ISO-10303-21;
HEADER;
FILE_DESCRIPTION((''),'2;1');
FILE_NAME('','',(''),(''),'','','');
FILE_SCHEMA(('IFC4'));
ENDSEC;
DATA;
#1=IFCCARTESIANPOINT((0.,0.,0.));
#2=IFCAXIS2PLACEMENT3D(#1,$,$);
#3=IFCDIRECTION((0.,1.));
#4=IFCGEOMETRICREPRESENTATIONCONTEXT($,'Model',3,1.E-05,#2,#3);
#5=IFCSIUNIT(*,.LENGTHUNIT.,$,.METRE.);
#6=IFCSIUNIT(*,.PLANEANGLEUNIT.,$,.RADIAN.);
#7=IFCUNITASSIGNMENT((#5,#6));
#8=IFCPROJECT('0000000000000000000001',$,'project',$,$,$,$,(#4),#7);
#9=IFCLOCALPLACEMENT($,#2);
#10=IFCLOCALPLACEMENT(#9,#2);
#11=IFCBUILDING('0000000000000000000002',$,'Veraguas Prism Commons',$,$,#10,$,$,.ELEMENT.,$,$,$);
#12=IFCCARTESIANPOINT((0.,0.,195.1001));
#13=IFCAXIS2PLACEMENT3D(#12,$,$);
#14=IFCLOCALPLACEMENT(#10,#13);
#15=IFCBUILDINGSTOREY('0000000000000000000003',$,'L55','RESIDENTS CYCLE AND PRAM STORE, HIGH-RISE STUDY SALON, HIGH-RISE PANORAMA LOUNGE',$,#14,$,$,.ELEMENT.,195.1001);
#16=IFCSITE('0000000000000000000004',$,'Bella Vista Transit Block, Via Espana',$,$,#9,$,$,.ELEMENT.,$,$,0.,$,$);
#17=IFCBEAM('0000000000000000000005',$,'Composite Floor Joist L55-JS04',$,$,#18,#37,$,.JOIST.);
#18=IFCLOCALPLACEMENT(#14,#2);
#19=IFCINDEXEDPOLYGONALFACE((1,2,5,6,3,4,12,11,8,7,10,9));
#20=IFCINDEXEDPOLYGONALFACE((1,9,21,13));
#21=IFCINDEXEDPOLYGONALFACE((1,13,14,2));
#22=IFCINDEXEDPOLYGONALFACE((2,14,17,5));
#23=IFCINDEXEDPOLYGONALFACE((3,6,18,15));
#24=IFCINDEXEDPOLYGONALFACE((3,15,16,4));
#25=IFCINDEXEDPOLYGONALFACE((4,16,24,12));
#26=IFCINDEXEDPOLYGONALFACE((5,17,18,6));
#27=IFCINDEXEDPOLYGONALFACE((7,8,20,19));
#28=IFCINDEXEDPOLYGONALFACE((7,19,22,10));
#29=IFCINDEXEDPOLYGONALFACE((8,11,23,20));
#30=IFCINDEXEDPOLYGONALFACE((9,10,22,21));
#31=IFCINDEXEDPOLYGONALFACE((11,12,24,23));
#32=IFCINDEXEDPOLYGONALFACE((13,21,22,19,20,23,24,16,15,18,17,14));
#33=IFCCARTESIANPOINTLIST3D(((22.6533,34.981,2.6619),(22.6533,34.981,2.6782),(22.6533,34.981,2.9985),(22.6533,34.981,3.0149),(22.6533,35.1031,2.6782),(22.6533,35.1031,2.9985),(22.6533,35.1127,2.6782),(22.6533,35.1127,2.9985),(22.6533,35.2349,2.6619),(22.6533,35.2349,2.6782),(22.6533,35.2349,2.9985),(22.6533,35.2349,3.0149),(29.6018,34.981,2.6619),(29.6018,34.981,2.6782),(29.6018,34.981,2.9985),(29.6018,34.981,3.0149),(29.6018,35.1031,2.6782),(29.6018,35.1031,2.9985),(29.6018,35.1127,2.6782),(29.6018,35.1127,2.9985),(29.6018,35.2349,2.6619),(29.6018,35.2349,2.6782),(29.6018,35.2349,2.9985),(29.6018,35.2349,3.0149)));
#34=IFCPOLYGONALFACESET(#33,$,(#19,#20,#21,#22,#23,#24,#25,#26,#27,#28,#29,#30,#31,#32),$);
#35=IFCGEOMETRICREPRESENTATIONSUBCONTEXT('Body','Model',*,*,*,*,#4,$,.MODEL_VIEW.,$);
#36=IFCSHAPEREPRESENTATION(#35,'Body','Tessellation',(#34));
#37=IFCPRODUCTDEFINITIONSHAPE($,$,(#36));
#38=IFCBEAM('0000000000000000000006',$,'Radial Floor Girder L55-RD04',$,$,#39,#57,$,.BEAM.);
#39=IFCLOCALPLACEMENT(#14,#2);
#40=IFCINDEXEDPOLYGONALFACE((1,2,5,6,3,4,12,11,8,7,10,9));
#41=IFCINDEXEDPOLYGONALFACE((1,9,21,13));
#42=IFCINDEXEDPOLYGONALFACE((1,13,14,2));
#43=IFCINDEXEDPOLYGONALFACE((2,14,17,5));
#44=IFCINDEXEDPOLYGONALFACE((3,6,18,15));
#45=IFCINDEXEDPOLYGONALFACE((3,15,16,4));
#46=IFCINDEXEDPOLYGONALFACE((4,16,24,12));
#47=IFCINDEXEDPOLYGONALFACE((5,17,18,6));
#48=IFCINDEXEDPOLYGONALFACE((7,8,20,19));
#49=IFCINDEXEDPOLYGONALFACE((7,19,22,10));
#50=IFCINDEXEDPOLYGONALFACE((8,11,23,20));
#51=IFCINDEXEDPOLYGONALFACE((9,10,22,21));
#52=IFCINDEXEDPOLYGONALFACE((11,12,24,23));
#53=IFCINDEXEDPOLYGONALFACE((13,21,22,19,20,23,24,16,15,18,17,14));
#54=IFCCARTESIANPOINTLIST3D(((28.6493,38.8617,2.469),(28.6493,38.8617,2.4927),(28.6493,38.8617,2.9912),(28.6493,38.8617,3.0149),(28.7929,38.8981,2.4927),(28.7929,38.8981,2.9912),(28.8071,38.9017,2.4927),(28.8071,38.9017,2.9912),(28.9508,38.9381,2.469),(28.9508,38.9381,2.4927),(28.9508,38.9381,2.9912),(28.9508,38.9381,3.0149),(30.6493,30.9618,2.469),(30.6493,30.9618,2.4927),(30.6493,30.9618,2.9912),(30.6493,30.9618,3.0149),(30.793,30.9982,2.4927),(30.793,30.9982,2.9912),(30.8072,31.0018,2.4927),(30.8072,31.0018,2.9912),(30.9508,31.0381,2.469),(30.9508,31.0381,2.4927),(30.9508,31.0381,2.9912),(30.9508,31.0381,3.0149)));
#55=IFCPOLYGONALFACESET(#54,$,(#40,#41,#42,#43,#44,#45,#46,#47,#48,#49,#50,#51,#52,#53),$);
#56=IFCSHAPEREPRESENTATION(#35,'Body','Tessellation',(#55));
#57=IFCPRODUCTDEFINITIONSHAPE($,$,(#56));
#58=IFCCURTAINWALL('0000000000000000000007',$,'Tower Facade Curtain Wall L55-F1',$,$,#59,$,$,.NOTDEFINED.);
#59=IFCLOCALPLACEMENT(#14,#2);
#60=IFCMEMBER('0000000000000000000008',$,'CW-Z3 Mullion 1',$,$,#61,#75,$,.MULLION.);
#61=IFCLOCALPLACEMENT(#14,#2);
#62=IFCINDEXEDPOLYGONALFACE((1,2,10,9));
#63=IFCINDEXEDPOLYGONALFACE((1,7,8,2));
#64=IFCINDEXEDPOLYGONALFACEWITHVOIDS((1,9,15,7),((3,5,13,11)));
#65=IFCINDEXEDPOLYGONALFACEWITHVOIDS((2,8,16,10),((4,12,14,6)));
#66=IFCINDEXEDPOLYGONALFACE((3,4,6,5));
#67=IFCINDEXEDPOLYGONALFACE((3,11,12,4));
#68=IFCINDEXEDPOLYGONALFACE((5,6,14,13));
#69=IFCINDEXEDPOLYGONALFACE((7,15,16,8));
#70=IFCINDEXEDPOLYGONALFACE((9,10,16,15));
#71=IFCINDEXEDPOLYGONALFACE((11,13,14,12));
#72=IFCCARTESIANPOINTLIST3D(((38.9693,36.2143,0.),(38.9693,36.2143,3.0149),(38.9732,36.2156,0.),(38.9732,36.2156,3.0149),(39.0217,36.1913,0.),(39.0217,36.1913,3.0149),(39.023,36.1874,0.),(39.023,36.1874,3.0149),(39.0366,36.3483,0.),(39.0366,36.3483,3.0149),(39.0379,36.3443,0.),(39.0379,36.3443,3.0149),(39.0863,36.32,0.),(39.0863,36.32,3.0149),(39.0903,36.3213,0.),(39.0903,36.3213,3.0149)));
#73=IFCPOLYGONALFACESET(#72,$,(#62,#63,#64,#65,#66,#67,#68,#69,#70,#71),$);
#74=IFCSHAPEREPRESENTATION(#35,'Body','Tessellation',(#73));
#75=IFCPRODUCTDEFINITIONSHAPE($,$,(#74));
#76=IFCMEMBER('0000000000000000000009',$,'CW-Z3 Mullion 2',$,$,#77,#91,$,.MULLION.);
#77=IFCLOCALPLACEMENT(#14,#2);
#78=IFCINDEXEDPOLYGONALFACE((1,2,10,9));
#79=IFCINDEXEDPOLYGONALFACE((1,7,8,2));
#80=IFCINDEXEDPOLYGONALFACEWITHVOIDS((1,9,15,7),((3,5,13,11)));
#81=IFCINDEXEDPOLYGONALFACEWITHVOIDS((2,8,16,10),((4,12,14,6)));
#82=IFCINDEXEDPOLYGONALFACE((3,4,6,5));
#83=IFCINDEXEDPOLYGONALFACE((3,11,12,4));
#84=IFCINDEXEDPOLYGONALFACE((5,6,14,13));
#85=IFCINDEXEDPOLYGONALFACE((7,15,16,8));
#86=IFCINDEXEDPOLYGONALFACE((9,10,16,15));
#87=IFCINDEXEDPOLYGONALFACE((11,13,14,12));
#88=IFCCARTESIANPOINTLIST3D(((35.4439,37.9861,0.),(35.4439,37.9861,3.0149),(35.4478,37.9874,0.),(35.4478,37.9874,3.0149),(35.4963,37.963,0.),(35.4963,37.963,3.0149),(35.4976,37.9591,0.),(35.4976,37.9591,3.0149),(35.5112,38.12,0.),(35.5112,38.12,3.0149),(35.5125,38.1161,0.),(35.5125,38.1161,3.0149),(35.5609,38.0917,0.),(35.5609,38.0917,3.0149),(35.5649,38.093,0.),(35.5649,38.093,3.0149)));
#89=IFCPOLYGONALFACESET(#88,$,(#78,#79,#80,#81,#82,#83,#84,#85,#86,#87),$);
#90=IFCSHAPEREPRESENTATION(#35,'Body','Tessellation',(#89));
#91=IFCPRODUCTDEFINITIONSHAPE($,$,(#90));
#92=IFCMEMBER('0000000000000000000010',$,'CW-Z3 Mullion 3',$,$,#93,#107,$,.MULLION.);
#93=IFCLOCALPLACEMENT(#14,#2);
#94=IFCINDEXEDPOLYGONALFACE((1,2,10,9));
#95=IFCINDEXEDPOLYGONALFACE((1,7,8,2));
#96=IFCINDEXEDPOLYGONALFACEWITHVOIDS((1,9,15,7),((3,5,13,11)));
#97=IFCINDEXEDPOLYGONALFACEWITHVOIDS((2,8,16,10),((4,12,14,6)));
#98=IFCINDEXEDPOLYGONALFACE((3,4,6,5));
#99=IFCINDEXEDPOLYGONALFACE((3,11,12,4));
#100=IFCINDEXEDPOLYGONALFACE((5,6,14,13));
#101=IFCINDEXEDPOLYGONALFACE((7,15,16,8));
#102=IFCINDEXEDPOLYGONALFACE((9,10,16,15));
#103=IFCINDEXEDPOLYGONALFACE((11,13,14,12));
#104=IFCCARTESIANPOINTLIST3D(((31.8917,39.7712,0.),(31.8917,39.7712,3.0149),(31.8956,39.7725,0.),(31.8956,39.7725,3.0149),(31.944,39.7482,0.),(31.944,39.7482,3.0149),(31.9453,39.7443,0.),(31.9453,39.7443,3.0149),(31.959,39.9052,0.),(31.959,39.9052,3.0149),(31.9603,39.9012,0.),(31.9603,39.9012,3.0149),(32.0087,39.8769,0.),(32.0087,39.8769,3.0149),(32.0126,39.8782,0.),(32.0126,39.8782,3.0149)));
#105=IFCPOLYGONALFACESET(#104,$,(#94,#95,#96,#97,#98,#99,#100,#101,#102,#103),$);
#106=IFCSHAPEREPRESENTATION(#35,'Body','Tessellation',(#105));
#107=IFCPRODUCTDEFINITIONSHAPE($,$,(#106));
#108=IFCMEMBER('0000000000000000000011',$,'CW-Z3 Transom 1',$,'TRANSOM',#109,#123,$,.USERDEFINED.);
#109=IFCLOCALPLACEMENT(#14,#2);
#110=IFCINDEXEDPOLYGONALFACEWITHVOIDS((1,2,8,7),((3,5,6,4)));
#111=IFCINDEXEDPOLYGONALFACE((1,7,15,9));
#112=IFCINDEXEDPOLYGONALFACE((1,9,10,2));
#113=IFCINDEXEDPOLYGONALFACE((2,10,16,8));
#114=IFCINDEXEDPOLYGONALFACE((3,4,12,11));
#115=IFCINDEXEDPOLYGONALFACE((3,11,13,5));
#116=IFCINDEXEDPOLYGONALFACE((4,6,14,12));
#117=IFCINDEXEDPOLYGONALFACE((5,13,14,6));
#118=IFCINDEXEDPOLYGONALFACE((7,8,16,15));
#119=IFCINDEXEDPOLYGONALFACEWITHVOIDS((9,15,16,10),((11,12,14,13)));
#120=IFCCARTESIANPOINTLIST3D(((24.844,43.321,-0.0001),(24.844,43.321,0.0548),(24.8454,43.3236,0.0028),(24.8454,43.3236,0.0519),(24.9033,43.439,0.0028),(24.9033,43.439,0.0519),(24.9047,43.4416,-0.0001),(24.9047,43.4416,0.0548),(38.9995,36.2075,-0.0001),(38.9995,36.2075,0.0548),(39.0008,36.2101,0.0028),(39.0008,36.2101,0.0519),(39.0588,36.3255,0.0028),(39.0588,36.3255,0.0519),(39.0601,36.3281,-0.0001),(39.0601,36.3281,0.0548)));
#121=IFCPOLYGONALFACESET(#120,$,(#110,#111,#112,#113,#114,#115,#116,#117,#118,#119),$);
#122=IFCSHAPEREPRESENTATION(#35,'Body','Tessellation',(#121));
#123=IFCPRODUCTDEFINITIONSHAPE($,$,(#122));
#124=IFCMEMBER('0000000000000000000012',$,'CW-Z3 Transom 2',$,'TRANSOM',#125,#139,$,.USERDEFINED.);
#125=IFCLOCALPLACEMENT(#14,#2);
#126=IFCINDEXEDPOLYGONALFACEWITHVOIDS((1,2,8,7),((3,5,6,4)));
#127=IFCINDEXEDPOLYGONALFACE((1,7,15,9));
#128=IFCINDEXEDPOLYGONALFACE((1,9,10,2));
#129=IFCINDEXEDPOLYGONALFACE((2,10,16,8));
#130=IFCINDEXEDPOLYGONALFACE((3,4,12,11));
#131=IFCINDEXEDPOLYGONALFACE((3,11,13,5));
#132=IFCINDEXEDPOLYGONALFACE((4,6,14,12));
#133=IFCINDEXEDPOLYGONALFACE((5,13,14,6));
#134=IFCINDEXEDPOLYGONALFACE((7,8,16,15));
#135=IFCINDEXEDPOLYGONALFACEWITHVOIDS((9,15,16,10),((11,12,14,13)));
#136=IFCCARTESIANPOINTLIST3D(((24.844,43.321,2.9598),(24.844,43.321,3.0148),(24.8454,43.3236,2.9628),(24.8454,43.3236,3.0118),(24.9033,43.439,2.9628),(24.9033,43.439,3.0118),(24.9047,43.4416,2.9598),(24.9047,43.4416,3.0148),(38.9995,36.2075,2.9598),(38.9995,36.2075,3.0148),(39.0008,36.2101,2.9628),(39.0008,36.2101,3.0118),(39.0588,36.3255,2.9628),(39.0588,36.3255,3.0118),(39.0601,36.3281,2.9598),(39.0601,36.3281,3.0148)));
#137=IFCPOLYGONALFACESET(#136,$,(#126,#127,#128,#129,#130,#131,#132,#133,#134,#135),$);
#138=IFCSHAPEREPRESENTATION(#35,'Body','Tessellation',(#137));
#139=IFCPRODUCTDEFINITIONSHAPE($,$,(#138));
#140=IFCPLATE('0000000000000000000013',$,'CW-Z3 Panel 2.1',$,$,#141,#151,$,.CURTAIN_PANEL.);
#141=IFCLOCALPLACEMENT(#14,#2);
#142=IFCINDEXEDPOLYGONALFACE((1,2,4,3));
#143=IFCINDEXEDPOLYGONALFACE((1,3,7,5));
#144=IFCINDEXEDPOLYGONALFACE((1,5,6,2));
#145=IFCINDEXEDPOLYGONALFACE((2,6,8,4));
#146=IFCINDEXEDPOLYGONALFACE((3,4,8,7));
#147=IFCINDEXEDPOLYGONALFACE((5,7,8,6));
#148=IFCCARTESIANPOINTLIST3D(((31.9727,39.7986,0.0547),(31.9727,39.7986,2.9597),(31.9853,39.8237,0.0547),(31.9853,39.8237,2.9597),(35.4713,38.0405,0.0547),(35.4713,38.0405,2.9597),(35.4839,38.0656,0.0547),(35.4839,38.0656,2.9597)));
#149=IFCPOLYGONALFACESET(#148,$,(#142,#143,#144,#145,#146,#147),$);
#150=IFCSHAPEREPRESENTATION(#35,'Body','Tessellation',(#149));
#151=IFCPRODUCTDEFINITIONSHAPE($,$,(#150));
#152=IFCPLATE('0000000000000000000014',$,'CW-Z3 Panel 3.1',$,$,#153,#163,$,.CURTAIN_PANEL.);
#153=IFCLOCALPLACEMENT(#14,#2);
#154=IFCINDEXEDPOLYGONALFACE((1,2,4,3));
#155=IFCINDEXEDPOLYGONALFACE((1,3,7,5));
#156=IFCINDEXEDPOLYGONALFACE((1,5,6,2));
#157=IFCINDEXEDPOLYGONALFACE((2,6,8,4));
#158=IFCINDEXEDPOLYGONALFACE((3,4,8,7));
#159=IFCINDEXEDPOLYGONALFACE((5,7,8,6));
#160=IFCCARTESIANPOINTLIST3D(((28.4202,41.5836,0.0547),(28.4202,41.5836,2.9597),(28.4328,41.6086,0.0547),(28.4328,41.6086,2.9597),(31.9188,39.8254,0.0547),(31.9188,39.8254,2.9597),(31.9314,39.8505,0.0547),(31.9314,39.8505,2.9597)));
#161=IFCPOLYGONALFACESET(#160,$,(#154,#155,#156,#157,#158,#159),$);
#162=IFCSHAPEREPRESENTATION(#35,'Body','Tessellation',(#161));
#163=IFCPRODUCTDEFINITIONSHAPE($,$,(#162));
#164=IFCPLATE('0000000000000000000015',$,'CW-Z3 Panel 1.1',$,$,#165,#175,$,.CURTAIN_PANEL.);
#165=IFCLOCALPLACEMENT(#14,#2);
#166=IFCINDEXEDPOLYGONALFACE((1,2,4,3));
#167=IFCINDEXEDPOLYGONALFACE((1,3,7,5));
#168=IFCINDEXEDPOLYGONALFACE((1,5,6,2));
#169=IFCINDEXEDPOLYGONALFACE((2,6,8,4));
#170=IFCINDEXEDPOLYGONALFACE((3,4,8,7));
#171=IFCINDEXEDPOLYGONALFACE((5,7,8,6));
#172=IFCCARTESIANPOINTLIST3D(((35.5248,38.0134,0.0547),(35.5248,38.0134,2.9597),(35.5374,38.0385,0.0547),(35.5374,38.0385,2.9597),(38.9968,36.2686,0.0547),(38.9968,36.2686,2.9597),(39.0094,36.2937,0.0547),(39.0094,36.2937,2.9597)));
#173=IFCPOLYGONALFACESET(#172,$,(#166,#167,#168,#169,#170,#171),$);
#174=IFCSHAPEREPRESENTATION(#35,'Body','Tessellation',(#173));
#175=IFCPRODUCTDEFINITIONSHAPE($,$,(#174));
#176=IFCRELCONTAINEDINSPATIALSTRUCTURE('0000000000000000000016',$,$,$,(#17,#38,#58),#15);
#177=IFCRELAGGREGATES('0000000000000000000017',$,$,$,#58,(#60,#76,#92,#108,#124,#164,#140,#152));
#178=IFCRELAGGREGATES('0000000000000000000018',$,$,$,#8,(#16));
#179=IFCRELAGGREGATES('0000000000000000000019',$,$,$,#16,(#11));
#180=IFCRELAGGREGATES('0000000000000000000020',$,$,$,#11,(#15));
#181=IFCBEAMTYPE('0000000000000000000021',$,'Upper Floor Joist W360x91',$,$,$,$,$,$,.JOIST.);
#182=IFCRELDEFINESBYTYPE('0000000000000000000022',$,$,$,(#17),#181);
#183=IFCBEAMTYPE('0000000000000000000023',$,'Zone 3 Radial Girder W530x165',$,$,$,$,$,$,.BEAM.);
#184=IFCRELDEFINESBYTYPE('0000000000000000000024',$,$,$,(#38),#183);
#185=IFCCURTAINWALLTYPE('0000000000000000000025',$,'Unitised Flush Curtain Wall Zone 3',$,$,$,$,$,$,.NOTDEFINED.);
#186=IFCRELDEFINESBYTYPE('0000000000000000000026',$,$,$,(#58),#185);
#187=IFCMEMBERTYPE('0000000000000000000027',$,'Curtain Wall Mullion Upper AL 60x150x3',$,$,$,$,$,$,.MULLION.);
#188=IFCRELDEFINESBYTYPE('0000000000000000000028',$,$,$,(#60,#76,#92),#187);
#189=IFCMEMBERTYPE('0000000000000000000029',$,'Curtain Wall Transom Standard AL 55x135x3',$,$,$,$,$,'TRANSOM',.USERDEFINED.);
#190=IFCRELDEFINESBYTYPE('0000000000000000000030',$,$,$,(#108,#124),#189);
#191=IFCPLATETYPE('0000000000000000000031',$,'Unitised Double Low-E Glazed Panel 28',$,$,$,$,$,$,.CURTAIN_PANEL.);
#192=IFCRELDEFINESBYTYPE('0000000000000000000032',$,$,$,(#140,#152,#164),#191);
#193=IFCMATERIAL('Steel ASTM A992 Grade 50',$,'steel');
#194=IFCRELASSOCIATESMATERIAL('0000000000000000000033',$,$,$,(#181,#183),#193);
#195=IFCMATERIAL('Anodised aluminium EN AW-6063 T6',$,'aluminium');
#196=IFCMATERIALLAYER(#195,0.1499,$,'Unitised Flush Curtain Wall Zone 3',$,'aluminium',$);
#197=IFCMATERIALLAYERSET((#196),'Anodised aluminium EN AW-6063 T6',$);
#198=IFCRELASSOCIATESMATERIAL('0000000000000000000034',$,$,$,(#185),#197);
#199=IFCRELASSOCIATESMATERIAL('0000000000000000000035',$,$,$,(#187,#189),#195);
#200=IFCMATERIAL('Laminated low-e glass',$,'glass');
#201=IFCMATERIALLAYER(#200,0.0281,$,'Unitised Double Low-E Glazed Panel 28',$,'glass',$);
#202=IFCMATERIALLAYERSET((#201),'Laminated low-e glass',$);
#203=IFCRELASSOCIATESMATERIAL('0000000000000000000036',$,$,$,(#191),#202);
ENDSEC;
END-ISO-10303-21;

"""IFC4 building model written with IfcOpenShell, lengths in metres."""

from ifc_helpers import new_model, si_unit, direction, frame, origin, origin_2d, place, context, subcontext, project, spatial, rectangle, hollow_rectangle, i_section, extrude, source, transform, mapped, material, layer, layer_set, material_profile, profile_set, type_object, element, aggregate, save


model = new_model("IFC4")

# Units and contexts
model_context = context("Model", 3, precision=1e-05, world=origin(), true_north=direction((0.0, 1.0)))
body_context = subcontext(model_context, "Body", "Model", "MODEL_VIEW")
ifc_project = project(units=[si_unit("LENGTHUNIT", "METRE"), si_unit("PLANEANGLEUNIT", "RADIAN")], contexts=[model_context])

# Site, building, storey
site_placement = place(None, origin())
site = spatial("IfcSite", under=ifc_project, at=site_placement, Name="Bella Vista Transit Block, Via Espana", CompositionType="ELEMENT", RefElevation=0.0)
building_placement = place(site_placement, origin())
building = spatial("IfcBuilding", under=site, at=building_placement, Name="Veraguas Prism Commons", CompositionType="ELEMENT")
storey_placement = place(building_placement, frame((0.0, 0.0, 195.1001)))
storey = spatial("IfcBuildingStorey", under=building, at=storey_placement, Name="L55", Description="RESIDENTS CYCLE AND PRAM STORE, HIGH-RISE STUDY SALON, HIGH-RISE PANORAMA LOUNGE", CompositionType="ELEMENT", Elevation=195.1001)

# Beams
ifc_material_1 = material(Name="Steel ASTM A992 Grade 50", Category="steel")
ifc_material_profile_1 = material_profile(ifc_material_1, i_section(OverallWidth=0.2539, OverallDepth=0.353, WebThickness=0.0095, FlangeThickness=0.0164, at=origin_2d()), Name="W360X91")
ifc_profile_set_1 = profile_set([ifc_material_profile_1], Name="Steel ASTM A992 Grade 50")
beam_type_1 = type_object("IfcBeamType", Name="Upper Floor Joist W360x91", PredefinedType="JOIST", material=ifc_profile_set_1)
beam_1_placement = place(storey_placement, frame((29.6018, 35.1079, 2.8384), z_axis=(-1.0, 0.0, 0.0), x_axis=(0.0, -1.0, 0.0)))
element("IfcBeam", 1, at=beam_1_placement, inside=storey, type_object=beam_type_1, Name="Composite Floor Joist L55-JS04", PredefinedType="JOIST", context=body_context, shape_type="SweptSolid", body=[
    extrude(i_section(OverallWidth=0.2539, OverallDepth=0.353, WebThickness=0.0095, FlangeThickness=0.0164, at=origin_2d()), origin(), (0.0, 0.0, 1.0), 6.9485),
])
ifc_material_profile_2 = material_profile(ifc_material_1, i_section(OverallWidth=0.311, OverallDepth=0.5459, WebThickness=0.0146, FlangeThickness=0.0237, at=origin_2d()), Name="W530X165")
ifc_profile_set_2 = profile_set([ifc_material_profile_2], Name="Steel ASTM A992 Grade 50")
beam_type_2 = type_object("IfcBeamType", Name="Zone 3 Radial Girder W530x165", PredefinedType="BEAM", material=ifc_profile_set_2)
beam_2_placement = place(storey_placement, frame((28.8, 38.8999, 2.7419), z_axis=(0.245425, -0.969416, 0.0), x_axis=(0.969416, 0.245425, 0.0)))
element("IfcBeam", 2, at=beam_2_placement, inside=storey, type_object=beam_type_2, Name="Radial Floor Girder L55-RD04", PredefinedType="BEAM", context=body_context, shape_type="SweptSolid", body=[
    extrude(i_section(OverallWidth=0.311, OverallDepth=0.5459, WebThickness=0.0146, FlangeThickness=0.0237, at=origin_2d()), origin(), (0.0, 0.0, 1.0), 8.1492),
])

# Curtain wall, members, plates
ifc_material_2 = material(Name="Anodised aluminium EN AW-6063 T6", Category="aluminium")
ifc_layer_1 = layer(ifc_material_2, 0.1499, Name="Unitised Flush Curtain Wall Zone 3", Category="aluminium")
ifc_layer_set_1 = layer_set([ifc_layer_1], Name="Anodised aluminium EN AW-6063 T6")
curtain_wall_type = type_object("IfcCurtainWallType", Name="Unitised Flush Curtain Wall Zone 3", PredefinedType="NOTDEFINED", material=ifc_layer_set_1)
curtain_wall_placement = place(storey_placement, origin())
curtain_wall = element("IfcCurtainWall", 3, at=curtain_wall_placement, inside=storey, type_object=curtain_wall_type, Name="Tower Facade Curtain Wall L55-F1", PredefinedType="NOTDEFINED")
ifc_material_profile_3 = material_profile(ifc_material_2, hollow_rectangle(XDim=0.0601, YDim=0.1499, WallThickness=0.0029, at=origin_2d()), Name="AL60X150X3")
ifc_profile_set_3 = profile_set([ifc_material_profile_3], Name="Anodised aluminium EN AW-6063 T6")
member_type_1 = type_object("IfcMemberType", Name="Curtain Wall Mullion Upper AL 60x150x3", PredefinedType="MULLION", material=ifc_profile_set_3)
shared_shape_1 = source(origin(), body_context, "Body", "SweptSolid", [
    extrude(hollow_rectangle(XDim=0.0601, YDim=0.1499, WallThickness=0.0029, at=origin_2d()), origin(), (0.0, 0.0, 1.0), 3.0149),
])
member_1_placement = place(storey_placement, frame((39.0298, 36.2678, 0.0), z_axis=(0.0, 0.0, 1.0), x_axis=(-0.893526, 0.449012, 0.0)))
member_1 = element("IfcMember", 4, at=member_1_placement, type_object=member_type_1, Name="CW-Z3 Mullion 1", PredefinedType="MULLION", context=body_context, shape_type="MappedRepresentation", body=[
    mapped(shared_shape_1, transform((0.0, 0.0, 0.0), scale=1.0)),
])
member_2_placement = place(storey_placement, frame((35.5044, 38.0396, 0.0), z_axis=(0.0, 0.0, 1.0), x_axis=(-0.893526, 0.449012, 0.0)))
member_2 = element("IfcMember", 5, at=member_2_placement, type_object=member_type_1, Name="CW-Z3 Mullion 2", PredefinedType="MULLION", context=body_context, shape_type="MappedRepresentation", body=[
    mapped(shared_shape_1, transform((0.0, 0.0, 0.0), scale=1.0)),
])
member_3_placement = place(storey_placement, frame((31.9521, 39.8247, 0.0), z_axis=(0.0, 0.0, 1.0), x_axis=(-0.893526, 0.449012, 0.0)))
member_3 = element("IfcMember", 6, at=member_3_placement, type_object=member_type_1, Name="CW-Z3 Mullion 3", PredefinedType="MULLION", context=body_context, shape_type="MappedRepresentation", body=[
    mapped(shared_shape_1, transform((0.0, 0.0, 0.0), scale=1.0)),
])
ifc_material_profile_4 = material_profile(ifc_material_2, hollow_rectangle(XDim=0.0549, YDim=0.135, WallThickness=0.0029, at=origin_2d()), Name="AL55X135X3")
ifc_profile_set_4 = profile_set([ifc_material_profile_4], Name="Anodised aluminium EN AW-6063 T6")
member_type_2 = type_object("IfcMemberType", Name="Curtain Wall Transom Standard AL 55x135x3", ElementType="TRANSOM", PredefinedType="USERDEFINED", material=ifc_profile_set_4)
shared_shape_2 = source(origin(), body_context, "Body", "SweptSolid", [
    extrude(hollow_rectangle(XDim=0.0549, YDim=0.135, WallThickness=0.0029, at=origin_2d()), origin(), (0.0, 0.0, 1.0), 15.8423),
])
member_4_placement = place(storey_placement, frame((39.0298, 36.2678, 0.0273), z_axis=(-0.893522, 0.449019, 0.0), x_axis=(0.0, 0.0, 1.0)))
member_4 = element("IfcMember", 7, at=member_4_placement, type_object=member_type_2, Name="CW-Z3 Transom 1", ObjectType="TRANSOM", PredefinedType="USERDEFINED", context=body_context, shape_type="MappedRepresentation", body=[
    mapped(shared_shape_2, transform((0.0, 0.0, 0.0), scale=1.0)),
])
member_5_placement = place(storey_placement, frame((39.0298, 36.2678, 2.9873), z_axis=(-0.893522, 0.449019, 0.0), x_axis=(0.0, 0.0, 1.0)))
member_5 = element("IfcMember", 8, at=member_5_placement, type_object=member_type_2, Name="CW-Z3 Transom 2", ObjectType="TRANSOM", PredefinedType="USERDEFINED", context=body_context, shape_type="MappedRepresentation", body=[
    mapped(shared_shape_2, transform((0.0, 0.0, 0.0), scale=1.0)),
])
ifc_material_3 = material(Name="Laminated low-e glass", Category="glass")
ifc_layer_2 = layer(ifc_material_3, 0.0281, Name="Unitised Double Low-E Glazed Panel 28", Category="glass")
ifc_layer_set_2 = layer_set([ifc_layer_2], Name="Laminated low-e glass")
plate_type = type_object("IfcPlateType", Name="Unitised Double Low-E Glazed Panel 28", PredefinedType="CURTAIN_PANEL", material=ifc_layer_set_2)
shared_shape_3 = source(origin(), body_context, "Body", "SweptSolid", [
    extrude(rectangle(XDim=3.9155, YDim=0.0281, at=origin_2d()), origin(), (0.0, 0.0, 1.0), 2.905),
])
plate_1_placement = place(storey_placement, frame((33.7283, 38.9321, 0.0547), z_axis=(0.0, 0.0, 1.0), x_axis=(-0.893526, 0.449012, 0.0)))
plate_1 = element("IfcPlate", 9, at=plate_1_placement, type_object=plate_type, Name="CW-Z3 Panel 2.1", PredefinedType="CURTAIN_PANEL", context=body_context, shape_type="MappedRepresentation", body=[
    mapped(shared_shape_3, transform((0.0, 0.0, 0.0), scale=1.0)),
])
plate_2_placement = place(storey_placement, frame((30.1758, 40.717, 0.0547), z_axis=(0.0, 0.0, 1.0), x_axis=(-0.893526, 0.449012, 0.0)))
plate_2 = element("IfcPlate", 10, at=plate_2_placement, type_object=plate_type, Name="CW-Z3 Panel 3.1", PredefinedType="CURTAIN_PANEL", context=body_context, shape_type="MappedRepresentation", body=[
    mapped(shared_shape_3, transform((0.0, 0.0, 0.0), scale=1.0)),
])
shared_shape_4 = source(origin(), body_context, "Body", "SweptSolid", [
    extrude(rectangle(XDim=3.8857, YDim=0.0281, at=origin_2d()), origin(), (0.0, 0.0, 1.0), 2.905),
])
plate_3_placement = place(storey_placement, frame((37.2671, 37.1536, 0.0547), z_axis=(0.0, 0.0, 1.0), x_axis=(-0.893526, 0.449012, 0.0)))
plate_3 = element("IfcPlate", 11, at=plate_3_placement, type_object=plate_type, Name="CW-Z3 Panel 1.1", PredefinedType="CURTAIN_PANEL", context=body_context, shape_type="MappedRepresentation", body=[
    mapped(shared_shape_4, transform((0.0, 0.0, 0.0), scale=1.0)),
])
aggregate(curtain_wall, [member_1, member_2, member_3, member_4, member_5, plate_3, plate_1, plate_2])

save(model, "model.ifc")
